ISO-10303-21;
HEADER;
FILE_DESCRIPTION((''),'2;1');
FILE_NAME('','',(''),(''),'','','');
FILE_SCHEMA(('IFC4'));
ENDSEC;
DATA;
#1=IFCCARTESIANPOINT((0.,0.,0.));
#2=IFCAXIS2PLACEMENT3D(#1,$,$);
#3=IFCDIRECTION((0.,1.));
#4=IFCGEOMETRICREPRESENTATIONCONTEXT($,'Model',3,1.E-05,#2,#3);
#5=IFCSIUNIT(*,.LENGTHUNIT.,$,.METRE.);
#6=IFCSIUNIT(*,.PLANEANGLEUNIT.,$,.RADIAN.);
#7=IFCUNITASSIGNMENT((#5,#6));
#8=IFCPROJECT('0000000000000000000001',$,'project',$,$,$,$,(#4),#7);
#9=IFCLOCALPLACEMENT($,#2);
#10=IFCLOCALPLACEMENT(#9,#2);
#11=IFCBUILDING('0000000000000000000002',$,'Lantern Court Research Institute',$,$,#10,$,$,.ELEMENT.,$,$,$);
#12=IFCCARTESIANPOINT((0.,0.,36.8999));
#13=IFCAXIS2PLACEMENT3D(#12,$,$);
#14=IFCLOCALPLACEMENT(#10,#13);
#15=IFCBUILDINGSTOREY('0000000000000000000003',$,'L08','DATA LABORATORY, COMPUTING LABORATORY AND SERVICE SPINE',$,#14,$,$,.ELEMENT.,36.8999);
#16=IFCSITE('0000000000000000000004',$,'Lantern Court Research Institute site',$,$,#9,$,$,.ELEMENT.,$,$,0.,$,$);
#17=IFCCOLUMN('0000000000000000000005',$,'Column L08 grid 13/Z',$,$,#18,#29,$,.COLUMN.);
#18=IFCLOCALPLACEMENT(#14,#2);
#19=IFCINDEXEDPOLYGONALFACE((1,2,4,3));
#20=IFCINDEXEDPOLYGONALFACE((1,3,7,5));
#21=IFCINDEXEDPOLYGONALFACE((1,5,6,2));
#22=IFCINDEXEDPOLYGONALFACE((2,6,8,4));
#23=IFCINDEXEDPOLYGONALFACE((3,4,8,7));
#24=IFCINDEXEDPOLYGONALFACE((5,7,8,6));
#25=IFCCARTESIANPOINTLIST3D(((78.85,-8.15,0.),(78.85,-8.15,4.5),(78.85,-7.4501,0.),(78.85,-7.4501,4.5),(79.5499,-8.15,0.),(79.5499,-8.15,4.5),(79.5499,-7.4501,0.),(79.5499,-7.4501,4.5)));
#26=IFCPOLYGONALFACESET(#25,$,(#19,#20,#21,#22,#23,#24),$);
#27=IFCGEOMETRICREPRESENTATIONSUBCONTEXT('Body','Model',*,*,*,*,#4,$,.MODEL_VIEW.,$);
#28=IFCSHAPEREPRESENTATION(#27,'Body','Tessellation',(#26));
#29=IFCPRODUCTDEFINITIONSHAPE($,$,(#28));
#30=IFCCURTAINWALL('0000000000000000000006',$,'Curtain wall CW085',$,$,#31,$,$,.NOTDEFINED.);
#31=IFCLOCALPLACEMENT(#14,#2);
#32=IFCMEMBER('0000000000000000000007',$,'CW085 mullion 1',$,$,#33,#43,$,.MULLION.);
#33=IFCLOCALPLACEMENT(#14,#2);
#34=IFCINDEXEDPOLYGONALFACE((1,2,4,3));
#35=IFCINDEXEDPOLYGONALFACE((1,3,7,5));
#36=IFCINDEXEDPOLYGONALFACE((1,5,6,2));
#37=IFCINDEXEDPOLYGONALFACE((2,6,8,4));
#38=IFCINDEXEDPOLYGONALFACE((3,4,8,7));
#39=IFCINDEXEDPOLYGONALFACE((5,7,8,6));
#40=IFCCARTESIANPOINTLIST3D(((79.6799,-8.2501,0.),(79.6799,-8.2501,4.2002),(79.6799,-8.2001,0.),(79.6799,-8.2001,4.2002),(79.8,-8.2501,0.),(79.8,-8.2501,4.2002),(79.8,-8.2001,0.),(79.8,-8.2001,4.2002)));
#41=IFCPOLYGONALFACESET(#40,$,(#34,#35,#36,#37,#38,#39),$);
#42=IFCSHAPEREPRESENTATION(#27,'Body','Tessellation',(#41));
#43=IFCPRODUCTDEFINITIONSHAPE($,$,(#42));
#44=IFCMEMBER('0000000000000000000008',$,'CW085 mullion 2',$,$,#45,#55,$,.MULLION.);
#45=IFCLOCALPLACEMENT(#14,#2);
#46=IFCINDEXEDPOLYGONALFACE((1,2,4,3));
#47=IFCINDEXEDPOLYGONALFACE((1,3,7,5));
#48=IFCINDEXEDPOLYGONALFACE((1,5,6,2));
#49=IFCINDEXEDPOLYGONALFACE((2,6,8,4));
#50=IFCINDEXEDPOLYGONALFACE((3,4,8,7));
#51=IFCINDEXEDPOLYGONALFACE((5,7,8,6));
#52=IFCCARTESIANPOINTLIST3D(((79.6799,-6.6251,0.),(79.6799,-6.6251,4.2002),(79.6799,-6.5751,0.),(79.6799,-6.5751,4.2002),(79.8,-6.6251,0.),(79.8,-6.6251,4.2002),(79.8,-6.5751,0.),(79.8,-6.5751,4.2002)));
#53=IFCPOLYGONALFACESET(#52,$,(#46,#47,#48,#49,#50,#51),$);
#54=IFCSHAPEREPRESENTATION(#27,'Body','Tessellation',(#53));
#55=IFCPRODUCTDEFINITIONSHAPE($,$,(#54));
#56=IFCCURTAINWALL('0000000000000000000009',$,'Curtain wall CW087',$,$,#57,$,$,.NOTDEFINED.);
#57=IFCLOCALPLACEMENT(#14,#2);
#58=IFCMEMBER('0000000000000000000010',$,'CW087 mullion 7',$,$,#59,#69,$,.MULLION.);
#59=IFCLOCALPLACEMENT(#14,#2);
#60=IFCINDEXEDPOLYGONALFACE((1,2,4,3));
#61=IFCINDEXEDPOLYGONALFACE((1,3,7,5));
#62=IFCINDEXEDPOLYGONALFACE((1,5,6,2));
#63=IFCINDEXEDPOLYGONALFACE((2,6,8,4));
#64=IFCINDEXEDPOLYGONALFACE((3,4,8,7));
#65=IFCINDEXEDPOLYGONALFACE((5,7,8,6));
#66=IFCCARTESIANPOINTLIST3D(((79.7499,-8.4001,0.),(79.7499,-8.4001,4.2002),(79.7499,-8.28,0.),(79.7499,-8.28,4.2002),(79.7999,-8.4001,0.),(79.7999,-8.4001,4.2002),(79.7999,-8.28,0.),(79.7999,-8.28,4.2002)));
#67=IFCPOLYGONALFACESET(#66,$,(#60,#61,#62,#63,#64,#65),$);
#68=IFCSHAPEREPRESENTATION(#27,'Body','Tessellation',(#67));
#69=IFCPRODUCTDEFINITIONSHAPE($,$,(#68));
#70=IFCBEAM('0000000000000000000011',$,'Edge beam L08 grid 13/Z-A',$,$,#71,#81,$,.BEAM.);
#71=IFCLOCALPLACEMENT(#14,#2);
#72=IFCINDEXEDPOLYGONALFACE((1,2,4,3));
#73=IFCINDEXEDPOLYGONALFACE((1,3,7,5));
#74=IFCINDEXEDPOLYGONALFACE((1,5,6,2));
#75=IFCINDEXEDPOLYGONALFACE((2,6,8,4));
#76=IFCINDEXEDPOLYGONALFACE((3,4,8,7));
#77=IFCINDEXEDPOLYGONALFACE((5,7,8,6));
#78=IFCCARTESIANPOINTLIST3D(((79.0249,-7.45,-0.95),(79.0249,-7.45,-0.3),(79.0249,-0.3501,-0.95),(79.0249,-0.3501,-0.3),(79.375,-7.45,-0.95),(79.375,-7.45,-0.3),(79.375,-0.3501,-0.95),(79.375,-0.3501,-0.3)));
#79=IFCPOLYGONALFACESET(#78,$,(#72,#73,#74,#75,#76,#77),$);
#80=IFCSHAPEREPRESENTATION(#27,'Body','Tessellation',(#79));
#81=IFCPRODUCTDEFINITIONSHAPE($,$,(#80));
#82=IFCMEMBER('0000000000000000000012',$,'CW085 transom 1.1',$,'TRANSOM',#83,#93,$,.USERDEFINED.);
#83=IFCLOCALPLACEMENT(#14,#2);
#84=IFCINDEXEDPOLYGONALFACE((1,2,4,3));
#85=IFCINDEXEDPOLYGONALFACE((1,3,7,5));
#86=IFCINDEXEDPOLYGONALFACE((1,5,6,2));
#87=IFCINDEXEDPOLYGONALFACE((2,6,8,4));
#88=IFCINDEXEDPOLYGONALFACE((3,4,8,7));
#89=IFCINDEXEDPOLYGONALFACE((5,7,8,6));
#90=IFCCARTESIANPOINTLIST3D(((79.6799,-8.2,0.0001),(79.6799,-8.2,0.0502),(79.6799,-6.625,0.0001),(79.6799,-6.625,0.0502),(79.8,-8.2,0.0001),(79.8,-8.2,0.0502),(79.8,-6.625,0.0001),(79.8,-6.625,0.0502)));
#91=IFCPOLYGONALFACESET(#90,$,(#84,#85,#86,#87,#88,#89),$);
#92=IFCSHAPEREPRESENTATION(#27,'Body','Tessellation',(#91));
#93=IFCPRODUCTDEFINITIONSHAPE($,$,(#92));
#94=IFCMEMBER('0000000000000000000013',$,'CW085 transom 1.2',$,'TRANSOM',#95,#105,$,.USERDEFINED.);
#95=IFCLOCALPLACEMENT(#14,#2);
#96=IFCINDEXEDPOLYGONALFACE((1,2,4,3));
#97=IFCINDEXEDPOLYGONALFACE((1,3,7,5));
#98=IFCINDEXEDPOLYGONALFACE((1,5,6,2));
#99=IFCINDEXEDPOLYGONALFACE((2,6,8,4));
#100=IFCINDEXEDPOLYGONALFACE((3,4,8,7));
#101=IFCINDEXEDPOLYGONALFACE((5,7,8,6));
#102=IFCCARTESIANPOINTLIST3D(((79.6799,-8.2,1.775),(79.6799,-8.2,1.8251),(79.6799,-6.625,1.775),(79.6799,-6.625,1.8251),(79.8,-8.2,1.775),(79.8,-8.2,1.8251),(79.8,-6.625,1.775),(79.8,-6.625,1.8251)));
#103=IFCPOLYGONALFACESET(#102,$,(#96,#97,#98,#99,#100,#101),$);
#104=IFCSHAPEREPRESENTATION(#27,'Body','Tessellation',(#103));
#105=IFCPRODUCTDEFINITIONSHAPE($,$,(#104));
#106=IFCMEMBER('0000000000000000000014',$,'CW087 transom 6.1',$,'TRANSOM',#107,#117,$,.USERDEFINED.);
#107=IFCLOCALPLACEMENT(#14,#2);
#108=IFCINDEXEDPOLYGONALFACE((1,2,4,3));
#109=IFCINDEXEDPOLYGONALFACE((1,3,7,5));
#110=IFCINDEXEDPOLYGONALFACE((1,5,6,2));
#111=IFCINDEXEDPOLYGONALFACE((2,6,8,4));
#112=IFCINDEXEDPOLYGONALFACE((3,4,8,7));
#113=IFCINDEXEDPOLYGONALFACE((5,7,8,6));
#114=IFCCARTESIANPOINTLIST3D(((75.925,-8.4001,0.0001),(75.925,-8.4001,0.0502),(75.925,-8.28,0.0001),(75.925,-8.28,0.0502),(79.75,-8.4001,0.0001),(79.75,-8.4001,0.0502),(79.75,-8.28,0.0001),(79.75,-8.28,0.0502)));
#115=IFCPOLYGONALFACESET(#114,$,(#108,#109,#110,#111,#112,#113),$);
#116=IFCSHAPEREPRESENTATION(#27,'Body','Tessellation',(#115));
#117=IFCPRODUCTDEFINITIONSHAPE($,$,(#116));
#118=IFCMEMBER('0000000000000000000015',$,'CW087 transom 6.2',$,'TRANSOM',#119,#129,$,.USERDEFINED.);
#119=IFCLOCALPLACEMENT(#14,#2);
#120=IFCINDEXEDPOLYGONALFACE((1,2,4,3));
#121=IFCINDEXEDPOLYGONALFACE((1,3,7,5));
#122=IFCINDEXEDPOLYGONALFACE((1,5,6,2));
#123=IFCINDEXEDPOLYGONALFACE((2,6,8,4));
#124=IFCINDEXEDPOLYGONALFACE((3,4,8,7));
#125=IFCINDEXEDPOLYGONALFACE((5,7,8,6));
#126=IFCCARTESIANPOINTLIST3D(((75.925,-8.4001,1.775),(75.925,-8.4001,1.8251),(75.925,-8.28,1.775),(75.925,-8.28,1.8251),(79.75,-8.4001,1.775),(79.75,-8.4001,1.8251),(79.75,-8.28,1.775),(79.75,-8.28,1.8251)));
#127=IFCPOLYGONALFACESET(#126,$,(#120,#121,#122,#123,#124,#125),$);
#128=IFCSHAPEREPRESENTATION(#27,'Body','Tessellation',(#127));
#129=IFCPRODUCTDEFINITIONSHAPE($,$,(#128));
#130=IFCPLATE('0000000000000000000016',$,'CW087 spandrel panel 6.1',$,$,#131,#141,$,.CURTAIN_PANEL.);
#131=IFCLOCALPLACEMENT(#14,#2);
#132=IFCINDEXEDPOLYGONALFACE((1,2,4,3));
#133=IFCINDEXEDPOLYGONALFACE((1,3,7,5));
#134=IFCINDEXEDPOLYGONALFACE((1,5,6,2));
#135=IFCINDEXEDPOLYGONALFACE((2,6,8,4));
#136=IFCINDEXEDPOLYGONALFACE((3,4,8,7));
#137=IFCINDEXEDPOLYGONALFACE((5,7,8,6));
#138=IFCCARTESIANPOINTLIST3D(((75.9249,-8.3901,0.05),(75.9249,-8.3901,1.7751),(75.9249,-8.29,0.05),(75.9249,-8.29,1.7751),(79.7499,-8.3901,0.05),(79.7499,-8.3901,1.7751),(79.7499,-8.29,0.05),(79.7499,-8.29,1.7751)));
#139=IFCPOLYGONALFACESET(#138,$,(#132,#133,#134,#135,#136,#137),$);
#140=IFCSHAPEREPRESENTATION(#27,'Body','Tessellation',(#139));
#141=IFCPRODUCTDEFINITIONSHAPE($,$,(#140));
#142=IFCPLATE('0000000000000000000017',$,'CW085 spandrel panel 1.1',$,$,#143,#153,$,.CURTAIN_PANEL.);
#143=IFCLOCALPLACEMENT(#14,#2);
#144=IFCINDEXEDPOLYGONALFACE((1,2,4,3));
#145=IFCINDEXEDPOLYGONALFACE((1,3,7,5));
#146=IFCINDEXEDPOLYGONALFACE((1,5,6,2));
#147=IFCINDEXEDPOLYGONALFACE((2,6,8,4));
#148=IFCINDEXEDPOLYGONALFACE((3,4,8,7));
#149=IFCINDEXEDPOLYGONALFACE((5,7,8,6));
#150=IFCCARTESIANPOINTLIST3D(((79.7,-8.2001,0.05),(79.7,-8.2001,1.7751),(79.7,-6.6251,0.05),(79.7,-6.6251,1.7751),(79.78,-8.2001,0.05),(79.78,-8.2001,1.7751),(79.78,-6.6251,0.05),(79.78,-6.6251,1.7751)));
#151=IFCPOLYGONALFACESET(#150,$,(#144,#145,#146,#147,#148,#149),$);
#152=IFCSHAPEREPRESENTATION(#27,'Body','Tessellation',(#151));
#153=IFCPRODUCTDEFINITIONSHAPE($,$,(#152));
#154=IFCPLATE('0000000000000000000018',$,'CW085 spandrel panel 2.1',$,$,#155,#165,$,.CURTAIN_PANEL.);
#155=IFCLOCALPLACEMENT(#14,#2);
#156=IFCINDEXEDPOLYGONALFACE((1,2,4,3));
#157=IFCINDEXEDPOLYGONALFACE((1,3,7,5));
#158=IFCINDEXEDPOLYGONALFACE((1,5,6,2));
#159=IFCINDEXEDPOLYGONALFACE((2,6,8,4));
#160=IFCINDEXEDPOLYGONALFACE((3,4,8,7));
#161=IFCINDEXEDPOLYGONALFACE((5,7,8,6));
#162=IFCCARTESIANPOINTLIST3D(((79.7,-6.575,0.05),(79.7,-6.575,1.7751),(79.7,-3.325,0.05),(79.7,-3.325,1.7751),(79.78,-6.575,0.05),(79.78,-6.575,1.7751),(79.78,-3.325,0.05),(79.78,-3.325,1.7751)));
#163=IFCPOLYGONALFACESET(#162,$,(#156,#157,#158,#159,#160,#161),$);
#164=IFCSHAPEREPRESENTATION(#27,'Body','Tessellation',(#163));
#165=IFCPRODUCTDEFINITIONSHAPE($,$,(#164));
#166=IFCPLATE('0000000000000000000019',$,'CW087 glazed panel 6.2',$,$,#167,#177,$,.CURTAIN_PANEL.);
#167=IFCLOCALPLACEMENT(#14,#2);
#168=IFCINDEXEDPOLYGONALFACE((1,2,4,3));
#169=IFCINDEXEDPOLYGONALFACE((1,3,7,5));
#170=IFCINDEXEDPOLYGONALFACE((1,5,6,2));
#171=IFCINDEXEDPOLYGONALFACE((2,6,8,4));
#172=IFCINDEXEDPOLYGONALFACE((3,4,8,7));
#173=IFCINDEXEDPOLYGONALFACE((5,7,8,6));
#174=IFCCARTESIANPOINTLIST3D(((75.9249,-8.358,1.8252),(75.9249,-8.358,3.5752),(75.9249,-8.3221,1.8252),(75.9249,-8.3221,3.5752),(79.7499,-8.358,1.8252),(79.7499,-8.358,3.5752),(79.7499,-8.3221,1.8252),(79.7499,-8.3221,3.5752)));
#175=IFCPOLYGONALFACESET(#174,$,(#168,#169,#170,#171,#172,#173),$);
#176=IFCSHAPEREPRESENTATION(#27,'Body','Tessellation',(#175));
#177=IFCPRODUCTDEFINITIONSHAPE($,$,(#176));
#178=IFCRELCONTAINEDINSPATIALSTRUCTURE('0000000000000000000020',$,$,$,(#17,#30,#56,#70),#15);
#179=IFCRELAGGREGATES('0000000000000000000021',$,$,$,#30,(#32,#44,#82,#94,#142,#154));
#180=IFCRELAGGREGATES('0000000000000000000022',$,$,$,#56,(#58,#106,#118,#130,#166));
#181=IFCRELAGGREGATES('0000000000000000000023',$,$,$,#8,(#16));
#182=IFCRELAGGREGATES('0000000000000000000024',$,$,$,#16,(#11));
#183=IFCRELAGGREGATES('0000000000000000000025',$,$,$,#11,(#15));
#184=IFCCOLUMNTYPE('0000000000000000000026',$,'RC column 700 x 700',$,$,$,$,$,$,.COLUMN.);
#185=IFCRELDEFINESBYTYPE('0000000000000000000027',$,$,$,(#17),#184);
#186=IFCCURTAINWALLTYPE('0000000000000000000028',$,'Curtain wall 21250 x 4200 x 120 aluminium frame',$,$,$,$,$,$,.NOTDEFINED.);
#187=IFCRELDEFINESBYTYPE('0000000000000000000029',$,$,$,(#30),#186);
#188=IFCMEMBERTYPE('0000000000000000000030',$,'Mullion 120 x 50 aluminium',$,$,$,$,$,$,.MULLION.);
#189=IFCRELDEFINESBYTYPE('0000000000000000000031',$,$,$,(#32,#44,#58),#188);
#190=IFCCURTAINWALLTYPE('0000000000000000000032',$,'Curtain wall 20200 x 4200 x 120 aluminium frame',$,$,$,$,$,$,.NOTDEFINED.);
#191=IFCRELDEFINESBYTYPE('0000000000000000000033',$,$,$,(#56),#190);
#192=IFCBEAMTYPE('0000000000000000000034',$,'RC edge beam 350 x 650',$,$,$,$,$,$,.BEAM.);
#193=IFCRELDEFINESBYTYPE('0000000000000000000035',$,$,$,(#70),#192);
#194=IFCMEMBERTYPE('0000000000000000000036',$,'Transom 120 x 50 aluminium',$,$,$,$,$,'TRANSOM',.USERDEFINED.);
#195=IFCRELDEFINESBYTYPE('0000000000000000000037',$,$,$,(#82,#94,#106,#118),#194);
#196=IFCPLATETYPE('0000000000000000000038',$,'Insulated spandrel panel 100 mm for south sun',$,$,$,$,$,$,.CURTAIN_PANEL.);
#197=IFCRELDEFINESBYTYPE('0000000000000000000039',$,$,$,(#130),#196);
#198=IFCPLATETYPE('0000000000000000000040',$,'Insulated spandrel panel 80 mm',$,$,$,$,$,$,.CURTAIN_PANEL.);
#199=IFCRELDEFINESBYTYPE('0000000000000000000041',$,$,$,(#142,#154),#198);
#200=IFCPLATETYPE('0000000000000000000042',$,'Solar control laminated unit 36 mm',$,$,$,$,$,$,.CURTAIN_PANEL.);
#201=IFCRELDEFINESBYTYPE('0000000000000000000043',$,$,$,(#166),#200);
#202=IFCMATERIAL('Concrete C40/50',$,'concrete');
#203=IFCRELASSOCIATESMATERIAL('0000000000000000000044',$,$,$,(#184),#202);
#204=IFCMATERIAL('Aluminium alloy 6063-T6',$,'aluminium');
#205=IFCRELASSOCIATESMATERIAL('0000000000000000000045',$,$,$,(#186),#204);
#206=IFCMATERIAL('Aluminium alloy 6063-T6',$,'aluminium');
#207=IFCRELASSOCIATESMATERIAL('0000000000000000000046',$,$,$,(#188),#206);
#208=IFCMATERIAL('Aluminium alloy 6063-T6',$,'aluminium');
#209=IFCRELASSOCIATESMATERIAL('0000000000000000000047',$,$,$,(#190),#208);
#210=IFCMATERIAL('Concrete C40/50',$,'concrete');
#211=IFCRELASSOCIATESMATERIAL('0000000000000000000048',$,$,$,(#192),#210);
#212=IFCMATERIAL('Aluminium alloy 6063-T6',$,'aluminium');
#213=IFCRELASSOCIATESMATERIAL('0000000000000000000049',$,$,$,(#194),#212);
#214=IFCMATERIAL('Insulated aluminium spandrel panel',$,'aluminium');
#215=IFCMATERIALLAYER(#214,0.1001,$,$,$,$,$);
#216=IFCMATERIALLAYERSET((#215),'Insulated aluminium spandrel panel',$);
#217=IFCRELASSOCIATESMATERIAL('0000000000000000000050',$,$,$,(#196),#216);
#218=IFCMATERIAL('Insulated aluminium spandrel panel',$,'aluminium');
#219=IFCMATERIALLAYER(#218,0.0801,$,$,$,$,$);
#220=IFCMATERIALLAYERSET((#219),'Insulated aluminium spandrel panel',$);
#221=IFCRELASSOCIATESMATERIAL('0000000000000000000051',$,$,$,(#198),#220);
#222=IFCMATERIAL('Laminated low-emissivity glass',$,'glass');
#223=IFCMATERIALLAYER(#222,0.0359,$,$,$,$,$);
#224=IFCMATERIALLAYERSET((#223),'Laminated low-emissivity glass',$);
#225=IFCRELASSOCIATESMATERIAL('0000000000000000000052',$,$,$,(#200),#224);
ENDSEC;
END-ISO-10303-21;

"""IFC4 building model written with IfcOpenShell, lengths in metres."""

from ifc_helpers import new_model, si_unit, direction, frame, origin, origin_2d, place, context, subcontext, project, spatial, rectangle, extrude, material, layer, layer_set, material_profile, profile_set, type_object, element, aggregate, save


model = new_model("IFC4")

# Units and contexts
model_context = context("Model", 3, precision=1e-05, world=origin(), true_north=direction((0.0, 1.0)))
body_context = subcontext(model_context, "Body", "Model", "MODEL_VIEW")
ifc_project = project(units=[si_unit("LENGTHUNIT", "METRE"), si_unit("PLANEANGLEUNIT", "RADIAN")], contexts=[model_context])

# Site, building, storey
site_placement = place(None, origin())
site = spatial("IfcSite", under=ifc_project, at=site_placement, Name="Lantern Court Research Institute site", CompositionType="ELEMENT", RefElevation=0.0)
building_placement = place(site_placement, origin())
building = spatial("IfcBuilding", under=site, at=building_placement, Name="Lantern Court Research Institute", CompositionType="ELEMENT")
storey_placement = place(building_placement, frame((0.0, 0.0, 36.8999)))
storey = spatial("IfcBuildingStorey", under=building, at=storey_placement, Name="L08", Description="DATA LABORATORY, COMPUTING LABORATORY AND SERVICE SPINE", CompositionType="ELEMENT", Elevation=36.8999)

# Column
ifc_material_1 = material(Name="Concrete C40/50", Category="concrete")
ifc_material_profile_1 = material_profile(ifc_material_1, rectangle(XDim=0.7, YDim=0.7, at=origin_2d()), Name="RC column 700 x 700")
ifc_profile_set_1 = profile_set([ifc_material_profile_1], Name="Concrete C40/50")
column_type = type_object("IfcColumnType", Name="RC column 700 x 700", PredefinedType="COLUMN", material=ifc_profile_set_1)
column_placement = place(storey_placement, frame((79.2, -7.8, 0.0), z_axis=(0.0, 0.0, 1.0), x_axis=(1.0, 0.0, 0.0)))
element("IfcColumn", 1, at=column_placement, inside=storey, type_object=column_type, Name="Column L08 grid 13/Z", PredefinedType="COLUMN", context=body_context, shape_type="SweptSolid", body=[
    extrude(rectangle(XDim=0.7, YDim=0.7, at=origin_2d()), origin(), (0.0, 0.0, 1.0), 4.5),
])

# Curtain wall, members
ifc_material_2 = material(Name="Aluminium alloy 6063-T6", Category="aluminium")
curtain_wall_type_1 = type_object("IfcCurtainWallType", Name="Curtain wall 21250 x 4200 x 120 aluminium frame", PredefinedType="NOTDEFINED", material=ifc_material_2)
curtain_wall_1_placement = place(storey_placement, origin())
curtain_wall_1 = element("IfcCurtainWall", 2, at=curtain_wall_1_placement, inside=storey, type_object=curtain_wall_type_1, Name="Curtain wall CW085", PredefinedType="NOTDEFINED")
ifc_material_3 = material(Name="Aluminium alloy 6063-T6", Category="aluminium")
ifc_material_profile_2 = material_profile(ifc_material_3, rectangle(XDim=0.1201, YDim=0.05, at=origin_2d()), Name="Mullion 120 x 50")
ifc_profile_set_2 = profile_set([ifc_material_profile_2], Name="Aluminium alloy 6063-T6")
member_type_1 = type_object("IfcMemberType", Name="Mullion 120 x 50 aluminium", PredefinedType="MULLION", material=ifc_profile_set_2)
member_1_placement = place(storey_placement, frame((79.74, -8.2251, 0.0), z_axis=(0.0, 0.0, 1.0), x_axis=(1.0, 0.0, 0.0)))
member_1 = element("IfcMember", 3, at=member_1_placement, type_object=member_type_1, Name="CW085 mullion 1", PredefinedType="MULLION", context=body_context, shape_type="SweptSolid", body=[
    extrude(rectangle(XDim=0.1201, YDim=0.05, at=origin_2d()), origin(), (0.0, 0.0, 1.0), 4.2002),
])
member_2_placement = place(storey_placement, frame((79.74, -6.6001, 0.0), z_axis=(0.0, 0.0, 1.0), x_axis=(1.0, 0.0, 0.0)))
member_2 = element("IfcMember", 4, at=member_2_placement, type_object=member_type_1, Name="CW085 mullion 2", PredefinedType="MULLION", context=body_context, shape_type="SweptSolid", body=[
    extrude(rectangle(XDim=0.1201, YDim=0.05, at=origin_2d()), origin(), (0.0, 0.0, 1.0), 4.2002),
])

# Curtain wall, member
ifc_material_4 = material(Name="Aluminium alloy 6063-T6", Category="aluminium")
curtain_wall_type_2 = type_object("IfcCurtainWallType", Name="Curtain wall 20200 x 4200 x 120 aluminium frame", PredefinedType="NOTDEFINED", material=ifc_material_4)
curtain_wall_2_placement = place(storey_placement, origin())
curtain_wall_2 = element("IfcCurtainWall", 5, at=curtain_wall_2_placement, inside=storey, type_object=curtain_wall_type_2, Name="Curtain wall CW087", PredefinedType="NOTDEFINED")
member_3_placement = place(storey_placement, frame((79.7749, -8.3401, 0.0), z_axis=(0.0, 0.0, 1.0), x_axis=(0.0, -1.0, 0.0)))
member_3 = element("IfcMember", 6, at=member_3_placement, type_object=member_type_1, Name="CW087 mullion 7", PredefinedType="MULLION", context=body_context, shape_type="SweptSolid", body=[
    extrude(rectangle(XDim=0.1201, YDim=0.05, at=origin_2d()), origin(), (0.0, 0.0, 1.0), 4.2002),
])

# Beam
ifc_material_5 = material(Name="Concrete C40/50", Category="concrete")
ifc_material_profile_3 = material_profile(ifc_material_5, rectangle(XDim=0.3501, YDim=0.6499, at=origin_2d()), Name="RC beam 350 x 650")
ifc_profile_set_3 = profile_set([ifc_material_profile_3], Name="Concrete C40/50")
beam_type = type_object("IfcBeamType", Name="RC edge beam 350 x 650", PredefinedType="BEAM", material=ifc_profile_set_3)
beam_placement = place(storey_placement, frame((79.2, -7.45, -0.625), z_axis=(0.0, 1.0, 0.0), x_axis=(-1.0, 0.0, 0.0)))
element("IfcBeam", 7, at=beam_placement, inside=storey, type_object=beam_type, Name="Edge beam L08 grid 13/Z-A", PredefinedType="BEAM", context=body_context, shape_type="SweptSolid", body=[
    extrude(rectangle(XDim=0.3501, YDim=0.6499, at=origin_2d()), origin(), (0.0, 0.0, 1.0), 7.0999),
])

# Members
ifc_material_6 = material(Name="Aluminium alloy 6063-T6", Category="aluminium")
ifc_material_profile_4 = material_profile(ifc_material_6, rectangle(XDim=0.1201, YDim=0.05, at=origin_2d()), Name="Transom 120 x 50")
ifc_profile_set_4 = profile_set([ifc_material_profile_4], Name="Aluminium alloy 6063-T6")
member_type_2 = type_object("IfcMemberType", Name="Transom 120 x 50 aluminium", ElementType="TRANSOM", PredefinedType="USERDEFINED", material=ifc_profile_set_4)
member_4_placement = place(storey_placement, frame((79.74, -6.625, 0.0251), z_axis=(0.0, -1.0, 0.0), x_axis=(1.0, 0.0, 0.0)))
member_4 = element("IfcMember", 8, at=member_4_placement, type_object=member_type_2, Name="CW085 transom 1.1", ObjectType="TRANSOM", PredefinedType="USERDEFINED", context=body_context, shape_type="SweptSolid", body=[
    extrude(rectangle(XDim=0.1201, YDim=0.05, at=origin_2d()), origin(), (0.0, 0.0, 1.0), 1.575),
])
member_5_placement = place(storey_placement, frame((79.74, -6.625, 1.8), z_axis=(0.0, -1.0, 0.0), x_axis=(1.0, 0.0, 0.0)))
member_5 = element("IfcMember", 9, at=member_5_placement, type_object=member_type_2, Name="CW085 transom 1.2", ObjectType="TRANSOM", PredefinedType="USERDEFINED", context=body_context, shape_type="SweptSolid", body=[
    extrude(rectangle(XDim=0.1201, YDim=0.05, at=origin_2d()), origin(), (0.0, 0.0, 1.0), 1.575),
])
member_6_placement = place(storey_placement, frame((79.75, -8.3401, 0.0251), z_axis=(-1.0, 0.0, 0.0), x_axis=(0.0, -1.0, 0.0)))
member_6 = element("IfcMember", 10, at=member_6_placement, type_object=member_type_2, Name="CW087 transom 6.1", ObjectType="TRANSOM", PredefinedType="USERDEFINED", context=body_context, shape_type="SweptSolid", body=[
    extrude(rectangle(XDim=0.1201, YDim=0.05, at=origin_2d()), origin(), (0.0, 0.0, 1.0), 3.825),
])
member_7_placement = place(storey_placement, frame((79.75, -8.3401, 1.8), z_axis=(-1.0, 0.0, 0.0), x_axis=(0.0, -1.0, 0.0)))
member_7 = element("IfcMember", 11, at=member_7_placement, type_object=member_type_2, Name="CW087 transom 6.2", ObjectType="TRANSOM", PredefinedType="USERDEFINED", context=body_context, shape_type="SweptSolid", body=[
    extrude(rectangle(XDim=0.1201, YDim=0.05, at=origin_2d()), origin(), (0.0, 0.0, 1.0), 3.825),
])

# Plates
ifc_material_7 = material(Name="Insulated aluminium spandrel panel", Category="aluminium")
ifc_layer_1 = layer(ifc_material_7, 0.1001)
ifc_layer_set_1 = layer_set([ifc_layer_1], Name="Insulated aluminium spandrel panel")
plate_type_1 = type_object("IfcPlateType", Name="Insulated spandrel panel 100 mm for south sun", PredefinedType="CURTAIN_PANEL", material=ifc_layer_set_1)
plate_1_placement = place(storey_placement, frame((77.8374, -8.3401, 0.05), z_axis=(0.0, 0.0, 1.0), x_axis=(-1.0, 0.0, 0.0)))
plate_1 = element("IfcPlate", 12, at=plate_1_placement, type_object=plate_type_1, Name="CW087 spandrel panel 6.1", PredefinedType="CURTAIN_PANEL", context=body_context, shape_type="SweptSolid", body=[
    extrude(rectangle(XDim=3.825, YDim=0.1001, at=origin_2d()), origin(), (0.0, 0.0, 1.0), 1.7251),
])
ifc_material_8 = material(Name="Insulated aluminium spandrel panel", Category="aluminium")
ifc_layer_2 = layer(ifc_material_8, 0.0801)
ifc_layer_set_2 = layer_set([ifc_layer_2], Name="Insulated aluminium spandrel panel")
plate_type_2 = type_object("IfcPlateType", Name="Insulated spandrel panel 80 mm", PredefinedType="CURTAIN_PANEL", material=ifc_layer_set_2)
plate_2_placement = place(storey_placement, frame((79.74, -7.4126, 0.05), z_axis=(0.0, 0.0, 1.0), x_axis=(0.0, -1.0, 0.0)))
plate_2 = element("IfcPlate", 13, at=plate_2_placement, type_object=plate_type_2, Name="CW085 spandrel panel 1.1", PredefinedType="CURTAIN_PANEL", context=body_context, shape_type="SweptSolid", body=[
    extrude(rectangle(XDim=1.575, YDim=0.0801, at=origin_2d()), origin(), (0.0, 0.0, 1.0), 1.7251),
])
plate_3_placement = place(storey_placement, frame((79.74, -4.95, 0.05), z_axis=(0.0, 0.0, 1.0), x_axis=(0.0, -1.0, 0.0)))
plate_3 = element("IfcPlate", 14, at=plate_3_placement, type_object=plate_type_2, Name="CW085 spandrel panel 2.1", PredefinedType="CURTAIN_PANEL", context=body_context, shape_type="SweptSolid", body=[
    extrude(rectangle(XDim=3.25, YDim=0.0801, at=origin_2d()), origin(), (0.0, 0.0, 1.0), 1.7251),
])
aggregate(curtain_wall_1, [member_1, member_2, member_4, member_5, plate_2, plate_3])
ifc_material_9 = material(Name="Laminated low-emissivity glass", Category="glass")
ifc_layer_3 = layer(ifc_material_9, 0.0359)
ifc_layer_set_3 = layer_set([ifc_layer_3], Name="Laminated low-emissivity glass")
plate_type_3 = type_object("IfcPlateType", Name="Solar control laminated unit 36 mm", PredefinedType="CURTAIN_PANEL", material=ifc_layer_set_3)
plate_4_placement = place(storey_placement, frame((77.8374, -8.3401, 1.8252), z_axis=(0.0, 0.0, 1.0), x_axis=(-1.0, 0.0, 0.0)))
plate_4 = element("IfcPlate", 15, at=plate_4_placement, type_object=plate_type_3, Name="CW087 glazed panel 6.2", PredefinedType="CURTAIN_PANEL", context=body_context, shape_type="SweptSolid", body=[
    extrude(rectangle(XDim=3.825, YDim=0.0359, at=origin_2d()), origin(), (0.0, 0.0, 1.0), 1.75),
])
aggregate(curtain_wall_2, [member_3, member_6, member_7, plate_1, plate_4])

save(model, "model.ifc")
